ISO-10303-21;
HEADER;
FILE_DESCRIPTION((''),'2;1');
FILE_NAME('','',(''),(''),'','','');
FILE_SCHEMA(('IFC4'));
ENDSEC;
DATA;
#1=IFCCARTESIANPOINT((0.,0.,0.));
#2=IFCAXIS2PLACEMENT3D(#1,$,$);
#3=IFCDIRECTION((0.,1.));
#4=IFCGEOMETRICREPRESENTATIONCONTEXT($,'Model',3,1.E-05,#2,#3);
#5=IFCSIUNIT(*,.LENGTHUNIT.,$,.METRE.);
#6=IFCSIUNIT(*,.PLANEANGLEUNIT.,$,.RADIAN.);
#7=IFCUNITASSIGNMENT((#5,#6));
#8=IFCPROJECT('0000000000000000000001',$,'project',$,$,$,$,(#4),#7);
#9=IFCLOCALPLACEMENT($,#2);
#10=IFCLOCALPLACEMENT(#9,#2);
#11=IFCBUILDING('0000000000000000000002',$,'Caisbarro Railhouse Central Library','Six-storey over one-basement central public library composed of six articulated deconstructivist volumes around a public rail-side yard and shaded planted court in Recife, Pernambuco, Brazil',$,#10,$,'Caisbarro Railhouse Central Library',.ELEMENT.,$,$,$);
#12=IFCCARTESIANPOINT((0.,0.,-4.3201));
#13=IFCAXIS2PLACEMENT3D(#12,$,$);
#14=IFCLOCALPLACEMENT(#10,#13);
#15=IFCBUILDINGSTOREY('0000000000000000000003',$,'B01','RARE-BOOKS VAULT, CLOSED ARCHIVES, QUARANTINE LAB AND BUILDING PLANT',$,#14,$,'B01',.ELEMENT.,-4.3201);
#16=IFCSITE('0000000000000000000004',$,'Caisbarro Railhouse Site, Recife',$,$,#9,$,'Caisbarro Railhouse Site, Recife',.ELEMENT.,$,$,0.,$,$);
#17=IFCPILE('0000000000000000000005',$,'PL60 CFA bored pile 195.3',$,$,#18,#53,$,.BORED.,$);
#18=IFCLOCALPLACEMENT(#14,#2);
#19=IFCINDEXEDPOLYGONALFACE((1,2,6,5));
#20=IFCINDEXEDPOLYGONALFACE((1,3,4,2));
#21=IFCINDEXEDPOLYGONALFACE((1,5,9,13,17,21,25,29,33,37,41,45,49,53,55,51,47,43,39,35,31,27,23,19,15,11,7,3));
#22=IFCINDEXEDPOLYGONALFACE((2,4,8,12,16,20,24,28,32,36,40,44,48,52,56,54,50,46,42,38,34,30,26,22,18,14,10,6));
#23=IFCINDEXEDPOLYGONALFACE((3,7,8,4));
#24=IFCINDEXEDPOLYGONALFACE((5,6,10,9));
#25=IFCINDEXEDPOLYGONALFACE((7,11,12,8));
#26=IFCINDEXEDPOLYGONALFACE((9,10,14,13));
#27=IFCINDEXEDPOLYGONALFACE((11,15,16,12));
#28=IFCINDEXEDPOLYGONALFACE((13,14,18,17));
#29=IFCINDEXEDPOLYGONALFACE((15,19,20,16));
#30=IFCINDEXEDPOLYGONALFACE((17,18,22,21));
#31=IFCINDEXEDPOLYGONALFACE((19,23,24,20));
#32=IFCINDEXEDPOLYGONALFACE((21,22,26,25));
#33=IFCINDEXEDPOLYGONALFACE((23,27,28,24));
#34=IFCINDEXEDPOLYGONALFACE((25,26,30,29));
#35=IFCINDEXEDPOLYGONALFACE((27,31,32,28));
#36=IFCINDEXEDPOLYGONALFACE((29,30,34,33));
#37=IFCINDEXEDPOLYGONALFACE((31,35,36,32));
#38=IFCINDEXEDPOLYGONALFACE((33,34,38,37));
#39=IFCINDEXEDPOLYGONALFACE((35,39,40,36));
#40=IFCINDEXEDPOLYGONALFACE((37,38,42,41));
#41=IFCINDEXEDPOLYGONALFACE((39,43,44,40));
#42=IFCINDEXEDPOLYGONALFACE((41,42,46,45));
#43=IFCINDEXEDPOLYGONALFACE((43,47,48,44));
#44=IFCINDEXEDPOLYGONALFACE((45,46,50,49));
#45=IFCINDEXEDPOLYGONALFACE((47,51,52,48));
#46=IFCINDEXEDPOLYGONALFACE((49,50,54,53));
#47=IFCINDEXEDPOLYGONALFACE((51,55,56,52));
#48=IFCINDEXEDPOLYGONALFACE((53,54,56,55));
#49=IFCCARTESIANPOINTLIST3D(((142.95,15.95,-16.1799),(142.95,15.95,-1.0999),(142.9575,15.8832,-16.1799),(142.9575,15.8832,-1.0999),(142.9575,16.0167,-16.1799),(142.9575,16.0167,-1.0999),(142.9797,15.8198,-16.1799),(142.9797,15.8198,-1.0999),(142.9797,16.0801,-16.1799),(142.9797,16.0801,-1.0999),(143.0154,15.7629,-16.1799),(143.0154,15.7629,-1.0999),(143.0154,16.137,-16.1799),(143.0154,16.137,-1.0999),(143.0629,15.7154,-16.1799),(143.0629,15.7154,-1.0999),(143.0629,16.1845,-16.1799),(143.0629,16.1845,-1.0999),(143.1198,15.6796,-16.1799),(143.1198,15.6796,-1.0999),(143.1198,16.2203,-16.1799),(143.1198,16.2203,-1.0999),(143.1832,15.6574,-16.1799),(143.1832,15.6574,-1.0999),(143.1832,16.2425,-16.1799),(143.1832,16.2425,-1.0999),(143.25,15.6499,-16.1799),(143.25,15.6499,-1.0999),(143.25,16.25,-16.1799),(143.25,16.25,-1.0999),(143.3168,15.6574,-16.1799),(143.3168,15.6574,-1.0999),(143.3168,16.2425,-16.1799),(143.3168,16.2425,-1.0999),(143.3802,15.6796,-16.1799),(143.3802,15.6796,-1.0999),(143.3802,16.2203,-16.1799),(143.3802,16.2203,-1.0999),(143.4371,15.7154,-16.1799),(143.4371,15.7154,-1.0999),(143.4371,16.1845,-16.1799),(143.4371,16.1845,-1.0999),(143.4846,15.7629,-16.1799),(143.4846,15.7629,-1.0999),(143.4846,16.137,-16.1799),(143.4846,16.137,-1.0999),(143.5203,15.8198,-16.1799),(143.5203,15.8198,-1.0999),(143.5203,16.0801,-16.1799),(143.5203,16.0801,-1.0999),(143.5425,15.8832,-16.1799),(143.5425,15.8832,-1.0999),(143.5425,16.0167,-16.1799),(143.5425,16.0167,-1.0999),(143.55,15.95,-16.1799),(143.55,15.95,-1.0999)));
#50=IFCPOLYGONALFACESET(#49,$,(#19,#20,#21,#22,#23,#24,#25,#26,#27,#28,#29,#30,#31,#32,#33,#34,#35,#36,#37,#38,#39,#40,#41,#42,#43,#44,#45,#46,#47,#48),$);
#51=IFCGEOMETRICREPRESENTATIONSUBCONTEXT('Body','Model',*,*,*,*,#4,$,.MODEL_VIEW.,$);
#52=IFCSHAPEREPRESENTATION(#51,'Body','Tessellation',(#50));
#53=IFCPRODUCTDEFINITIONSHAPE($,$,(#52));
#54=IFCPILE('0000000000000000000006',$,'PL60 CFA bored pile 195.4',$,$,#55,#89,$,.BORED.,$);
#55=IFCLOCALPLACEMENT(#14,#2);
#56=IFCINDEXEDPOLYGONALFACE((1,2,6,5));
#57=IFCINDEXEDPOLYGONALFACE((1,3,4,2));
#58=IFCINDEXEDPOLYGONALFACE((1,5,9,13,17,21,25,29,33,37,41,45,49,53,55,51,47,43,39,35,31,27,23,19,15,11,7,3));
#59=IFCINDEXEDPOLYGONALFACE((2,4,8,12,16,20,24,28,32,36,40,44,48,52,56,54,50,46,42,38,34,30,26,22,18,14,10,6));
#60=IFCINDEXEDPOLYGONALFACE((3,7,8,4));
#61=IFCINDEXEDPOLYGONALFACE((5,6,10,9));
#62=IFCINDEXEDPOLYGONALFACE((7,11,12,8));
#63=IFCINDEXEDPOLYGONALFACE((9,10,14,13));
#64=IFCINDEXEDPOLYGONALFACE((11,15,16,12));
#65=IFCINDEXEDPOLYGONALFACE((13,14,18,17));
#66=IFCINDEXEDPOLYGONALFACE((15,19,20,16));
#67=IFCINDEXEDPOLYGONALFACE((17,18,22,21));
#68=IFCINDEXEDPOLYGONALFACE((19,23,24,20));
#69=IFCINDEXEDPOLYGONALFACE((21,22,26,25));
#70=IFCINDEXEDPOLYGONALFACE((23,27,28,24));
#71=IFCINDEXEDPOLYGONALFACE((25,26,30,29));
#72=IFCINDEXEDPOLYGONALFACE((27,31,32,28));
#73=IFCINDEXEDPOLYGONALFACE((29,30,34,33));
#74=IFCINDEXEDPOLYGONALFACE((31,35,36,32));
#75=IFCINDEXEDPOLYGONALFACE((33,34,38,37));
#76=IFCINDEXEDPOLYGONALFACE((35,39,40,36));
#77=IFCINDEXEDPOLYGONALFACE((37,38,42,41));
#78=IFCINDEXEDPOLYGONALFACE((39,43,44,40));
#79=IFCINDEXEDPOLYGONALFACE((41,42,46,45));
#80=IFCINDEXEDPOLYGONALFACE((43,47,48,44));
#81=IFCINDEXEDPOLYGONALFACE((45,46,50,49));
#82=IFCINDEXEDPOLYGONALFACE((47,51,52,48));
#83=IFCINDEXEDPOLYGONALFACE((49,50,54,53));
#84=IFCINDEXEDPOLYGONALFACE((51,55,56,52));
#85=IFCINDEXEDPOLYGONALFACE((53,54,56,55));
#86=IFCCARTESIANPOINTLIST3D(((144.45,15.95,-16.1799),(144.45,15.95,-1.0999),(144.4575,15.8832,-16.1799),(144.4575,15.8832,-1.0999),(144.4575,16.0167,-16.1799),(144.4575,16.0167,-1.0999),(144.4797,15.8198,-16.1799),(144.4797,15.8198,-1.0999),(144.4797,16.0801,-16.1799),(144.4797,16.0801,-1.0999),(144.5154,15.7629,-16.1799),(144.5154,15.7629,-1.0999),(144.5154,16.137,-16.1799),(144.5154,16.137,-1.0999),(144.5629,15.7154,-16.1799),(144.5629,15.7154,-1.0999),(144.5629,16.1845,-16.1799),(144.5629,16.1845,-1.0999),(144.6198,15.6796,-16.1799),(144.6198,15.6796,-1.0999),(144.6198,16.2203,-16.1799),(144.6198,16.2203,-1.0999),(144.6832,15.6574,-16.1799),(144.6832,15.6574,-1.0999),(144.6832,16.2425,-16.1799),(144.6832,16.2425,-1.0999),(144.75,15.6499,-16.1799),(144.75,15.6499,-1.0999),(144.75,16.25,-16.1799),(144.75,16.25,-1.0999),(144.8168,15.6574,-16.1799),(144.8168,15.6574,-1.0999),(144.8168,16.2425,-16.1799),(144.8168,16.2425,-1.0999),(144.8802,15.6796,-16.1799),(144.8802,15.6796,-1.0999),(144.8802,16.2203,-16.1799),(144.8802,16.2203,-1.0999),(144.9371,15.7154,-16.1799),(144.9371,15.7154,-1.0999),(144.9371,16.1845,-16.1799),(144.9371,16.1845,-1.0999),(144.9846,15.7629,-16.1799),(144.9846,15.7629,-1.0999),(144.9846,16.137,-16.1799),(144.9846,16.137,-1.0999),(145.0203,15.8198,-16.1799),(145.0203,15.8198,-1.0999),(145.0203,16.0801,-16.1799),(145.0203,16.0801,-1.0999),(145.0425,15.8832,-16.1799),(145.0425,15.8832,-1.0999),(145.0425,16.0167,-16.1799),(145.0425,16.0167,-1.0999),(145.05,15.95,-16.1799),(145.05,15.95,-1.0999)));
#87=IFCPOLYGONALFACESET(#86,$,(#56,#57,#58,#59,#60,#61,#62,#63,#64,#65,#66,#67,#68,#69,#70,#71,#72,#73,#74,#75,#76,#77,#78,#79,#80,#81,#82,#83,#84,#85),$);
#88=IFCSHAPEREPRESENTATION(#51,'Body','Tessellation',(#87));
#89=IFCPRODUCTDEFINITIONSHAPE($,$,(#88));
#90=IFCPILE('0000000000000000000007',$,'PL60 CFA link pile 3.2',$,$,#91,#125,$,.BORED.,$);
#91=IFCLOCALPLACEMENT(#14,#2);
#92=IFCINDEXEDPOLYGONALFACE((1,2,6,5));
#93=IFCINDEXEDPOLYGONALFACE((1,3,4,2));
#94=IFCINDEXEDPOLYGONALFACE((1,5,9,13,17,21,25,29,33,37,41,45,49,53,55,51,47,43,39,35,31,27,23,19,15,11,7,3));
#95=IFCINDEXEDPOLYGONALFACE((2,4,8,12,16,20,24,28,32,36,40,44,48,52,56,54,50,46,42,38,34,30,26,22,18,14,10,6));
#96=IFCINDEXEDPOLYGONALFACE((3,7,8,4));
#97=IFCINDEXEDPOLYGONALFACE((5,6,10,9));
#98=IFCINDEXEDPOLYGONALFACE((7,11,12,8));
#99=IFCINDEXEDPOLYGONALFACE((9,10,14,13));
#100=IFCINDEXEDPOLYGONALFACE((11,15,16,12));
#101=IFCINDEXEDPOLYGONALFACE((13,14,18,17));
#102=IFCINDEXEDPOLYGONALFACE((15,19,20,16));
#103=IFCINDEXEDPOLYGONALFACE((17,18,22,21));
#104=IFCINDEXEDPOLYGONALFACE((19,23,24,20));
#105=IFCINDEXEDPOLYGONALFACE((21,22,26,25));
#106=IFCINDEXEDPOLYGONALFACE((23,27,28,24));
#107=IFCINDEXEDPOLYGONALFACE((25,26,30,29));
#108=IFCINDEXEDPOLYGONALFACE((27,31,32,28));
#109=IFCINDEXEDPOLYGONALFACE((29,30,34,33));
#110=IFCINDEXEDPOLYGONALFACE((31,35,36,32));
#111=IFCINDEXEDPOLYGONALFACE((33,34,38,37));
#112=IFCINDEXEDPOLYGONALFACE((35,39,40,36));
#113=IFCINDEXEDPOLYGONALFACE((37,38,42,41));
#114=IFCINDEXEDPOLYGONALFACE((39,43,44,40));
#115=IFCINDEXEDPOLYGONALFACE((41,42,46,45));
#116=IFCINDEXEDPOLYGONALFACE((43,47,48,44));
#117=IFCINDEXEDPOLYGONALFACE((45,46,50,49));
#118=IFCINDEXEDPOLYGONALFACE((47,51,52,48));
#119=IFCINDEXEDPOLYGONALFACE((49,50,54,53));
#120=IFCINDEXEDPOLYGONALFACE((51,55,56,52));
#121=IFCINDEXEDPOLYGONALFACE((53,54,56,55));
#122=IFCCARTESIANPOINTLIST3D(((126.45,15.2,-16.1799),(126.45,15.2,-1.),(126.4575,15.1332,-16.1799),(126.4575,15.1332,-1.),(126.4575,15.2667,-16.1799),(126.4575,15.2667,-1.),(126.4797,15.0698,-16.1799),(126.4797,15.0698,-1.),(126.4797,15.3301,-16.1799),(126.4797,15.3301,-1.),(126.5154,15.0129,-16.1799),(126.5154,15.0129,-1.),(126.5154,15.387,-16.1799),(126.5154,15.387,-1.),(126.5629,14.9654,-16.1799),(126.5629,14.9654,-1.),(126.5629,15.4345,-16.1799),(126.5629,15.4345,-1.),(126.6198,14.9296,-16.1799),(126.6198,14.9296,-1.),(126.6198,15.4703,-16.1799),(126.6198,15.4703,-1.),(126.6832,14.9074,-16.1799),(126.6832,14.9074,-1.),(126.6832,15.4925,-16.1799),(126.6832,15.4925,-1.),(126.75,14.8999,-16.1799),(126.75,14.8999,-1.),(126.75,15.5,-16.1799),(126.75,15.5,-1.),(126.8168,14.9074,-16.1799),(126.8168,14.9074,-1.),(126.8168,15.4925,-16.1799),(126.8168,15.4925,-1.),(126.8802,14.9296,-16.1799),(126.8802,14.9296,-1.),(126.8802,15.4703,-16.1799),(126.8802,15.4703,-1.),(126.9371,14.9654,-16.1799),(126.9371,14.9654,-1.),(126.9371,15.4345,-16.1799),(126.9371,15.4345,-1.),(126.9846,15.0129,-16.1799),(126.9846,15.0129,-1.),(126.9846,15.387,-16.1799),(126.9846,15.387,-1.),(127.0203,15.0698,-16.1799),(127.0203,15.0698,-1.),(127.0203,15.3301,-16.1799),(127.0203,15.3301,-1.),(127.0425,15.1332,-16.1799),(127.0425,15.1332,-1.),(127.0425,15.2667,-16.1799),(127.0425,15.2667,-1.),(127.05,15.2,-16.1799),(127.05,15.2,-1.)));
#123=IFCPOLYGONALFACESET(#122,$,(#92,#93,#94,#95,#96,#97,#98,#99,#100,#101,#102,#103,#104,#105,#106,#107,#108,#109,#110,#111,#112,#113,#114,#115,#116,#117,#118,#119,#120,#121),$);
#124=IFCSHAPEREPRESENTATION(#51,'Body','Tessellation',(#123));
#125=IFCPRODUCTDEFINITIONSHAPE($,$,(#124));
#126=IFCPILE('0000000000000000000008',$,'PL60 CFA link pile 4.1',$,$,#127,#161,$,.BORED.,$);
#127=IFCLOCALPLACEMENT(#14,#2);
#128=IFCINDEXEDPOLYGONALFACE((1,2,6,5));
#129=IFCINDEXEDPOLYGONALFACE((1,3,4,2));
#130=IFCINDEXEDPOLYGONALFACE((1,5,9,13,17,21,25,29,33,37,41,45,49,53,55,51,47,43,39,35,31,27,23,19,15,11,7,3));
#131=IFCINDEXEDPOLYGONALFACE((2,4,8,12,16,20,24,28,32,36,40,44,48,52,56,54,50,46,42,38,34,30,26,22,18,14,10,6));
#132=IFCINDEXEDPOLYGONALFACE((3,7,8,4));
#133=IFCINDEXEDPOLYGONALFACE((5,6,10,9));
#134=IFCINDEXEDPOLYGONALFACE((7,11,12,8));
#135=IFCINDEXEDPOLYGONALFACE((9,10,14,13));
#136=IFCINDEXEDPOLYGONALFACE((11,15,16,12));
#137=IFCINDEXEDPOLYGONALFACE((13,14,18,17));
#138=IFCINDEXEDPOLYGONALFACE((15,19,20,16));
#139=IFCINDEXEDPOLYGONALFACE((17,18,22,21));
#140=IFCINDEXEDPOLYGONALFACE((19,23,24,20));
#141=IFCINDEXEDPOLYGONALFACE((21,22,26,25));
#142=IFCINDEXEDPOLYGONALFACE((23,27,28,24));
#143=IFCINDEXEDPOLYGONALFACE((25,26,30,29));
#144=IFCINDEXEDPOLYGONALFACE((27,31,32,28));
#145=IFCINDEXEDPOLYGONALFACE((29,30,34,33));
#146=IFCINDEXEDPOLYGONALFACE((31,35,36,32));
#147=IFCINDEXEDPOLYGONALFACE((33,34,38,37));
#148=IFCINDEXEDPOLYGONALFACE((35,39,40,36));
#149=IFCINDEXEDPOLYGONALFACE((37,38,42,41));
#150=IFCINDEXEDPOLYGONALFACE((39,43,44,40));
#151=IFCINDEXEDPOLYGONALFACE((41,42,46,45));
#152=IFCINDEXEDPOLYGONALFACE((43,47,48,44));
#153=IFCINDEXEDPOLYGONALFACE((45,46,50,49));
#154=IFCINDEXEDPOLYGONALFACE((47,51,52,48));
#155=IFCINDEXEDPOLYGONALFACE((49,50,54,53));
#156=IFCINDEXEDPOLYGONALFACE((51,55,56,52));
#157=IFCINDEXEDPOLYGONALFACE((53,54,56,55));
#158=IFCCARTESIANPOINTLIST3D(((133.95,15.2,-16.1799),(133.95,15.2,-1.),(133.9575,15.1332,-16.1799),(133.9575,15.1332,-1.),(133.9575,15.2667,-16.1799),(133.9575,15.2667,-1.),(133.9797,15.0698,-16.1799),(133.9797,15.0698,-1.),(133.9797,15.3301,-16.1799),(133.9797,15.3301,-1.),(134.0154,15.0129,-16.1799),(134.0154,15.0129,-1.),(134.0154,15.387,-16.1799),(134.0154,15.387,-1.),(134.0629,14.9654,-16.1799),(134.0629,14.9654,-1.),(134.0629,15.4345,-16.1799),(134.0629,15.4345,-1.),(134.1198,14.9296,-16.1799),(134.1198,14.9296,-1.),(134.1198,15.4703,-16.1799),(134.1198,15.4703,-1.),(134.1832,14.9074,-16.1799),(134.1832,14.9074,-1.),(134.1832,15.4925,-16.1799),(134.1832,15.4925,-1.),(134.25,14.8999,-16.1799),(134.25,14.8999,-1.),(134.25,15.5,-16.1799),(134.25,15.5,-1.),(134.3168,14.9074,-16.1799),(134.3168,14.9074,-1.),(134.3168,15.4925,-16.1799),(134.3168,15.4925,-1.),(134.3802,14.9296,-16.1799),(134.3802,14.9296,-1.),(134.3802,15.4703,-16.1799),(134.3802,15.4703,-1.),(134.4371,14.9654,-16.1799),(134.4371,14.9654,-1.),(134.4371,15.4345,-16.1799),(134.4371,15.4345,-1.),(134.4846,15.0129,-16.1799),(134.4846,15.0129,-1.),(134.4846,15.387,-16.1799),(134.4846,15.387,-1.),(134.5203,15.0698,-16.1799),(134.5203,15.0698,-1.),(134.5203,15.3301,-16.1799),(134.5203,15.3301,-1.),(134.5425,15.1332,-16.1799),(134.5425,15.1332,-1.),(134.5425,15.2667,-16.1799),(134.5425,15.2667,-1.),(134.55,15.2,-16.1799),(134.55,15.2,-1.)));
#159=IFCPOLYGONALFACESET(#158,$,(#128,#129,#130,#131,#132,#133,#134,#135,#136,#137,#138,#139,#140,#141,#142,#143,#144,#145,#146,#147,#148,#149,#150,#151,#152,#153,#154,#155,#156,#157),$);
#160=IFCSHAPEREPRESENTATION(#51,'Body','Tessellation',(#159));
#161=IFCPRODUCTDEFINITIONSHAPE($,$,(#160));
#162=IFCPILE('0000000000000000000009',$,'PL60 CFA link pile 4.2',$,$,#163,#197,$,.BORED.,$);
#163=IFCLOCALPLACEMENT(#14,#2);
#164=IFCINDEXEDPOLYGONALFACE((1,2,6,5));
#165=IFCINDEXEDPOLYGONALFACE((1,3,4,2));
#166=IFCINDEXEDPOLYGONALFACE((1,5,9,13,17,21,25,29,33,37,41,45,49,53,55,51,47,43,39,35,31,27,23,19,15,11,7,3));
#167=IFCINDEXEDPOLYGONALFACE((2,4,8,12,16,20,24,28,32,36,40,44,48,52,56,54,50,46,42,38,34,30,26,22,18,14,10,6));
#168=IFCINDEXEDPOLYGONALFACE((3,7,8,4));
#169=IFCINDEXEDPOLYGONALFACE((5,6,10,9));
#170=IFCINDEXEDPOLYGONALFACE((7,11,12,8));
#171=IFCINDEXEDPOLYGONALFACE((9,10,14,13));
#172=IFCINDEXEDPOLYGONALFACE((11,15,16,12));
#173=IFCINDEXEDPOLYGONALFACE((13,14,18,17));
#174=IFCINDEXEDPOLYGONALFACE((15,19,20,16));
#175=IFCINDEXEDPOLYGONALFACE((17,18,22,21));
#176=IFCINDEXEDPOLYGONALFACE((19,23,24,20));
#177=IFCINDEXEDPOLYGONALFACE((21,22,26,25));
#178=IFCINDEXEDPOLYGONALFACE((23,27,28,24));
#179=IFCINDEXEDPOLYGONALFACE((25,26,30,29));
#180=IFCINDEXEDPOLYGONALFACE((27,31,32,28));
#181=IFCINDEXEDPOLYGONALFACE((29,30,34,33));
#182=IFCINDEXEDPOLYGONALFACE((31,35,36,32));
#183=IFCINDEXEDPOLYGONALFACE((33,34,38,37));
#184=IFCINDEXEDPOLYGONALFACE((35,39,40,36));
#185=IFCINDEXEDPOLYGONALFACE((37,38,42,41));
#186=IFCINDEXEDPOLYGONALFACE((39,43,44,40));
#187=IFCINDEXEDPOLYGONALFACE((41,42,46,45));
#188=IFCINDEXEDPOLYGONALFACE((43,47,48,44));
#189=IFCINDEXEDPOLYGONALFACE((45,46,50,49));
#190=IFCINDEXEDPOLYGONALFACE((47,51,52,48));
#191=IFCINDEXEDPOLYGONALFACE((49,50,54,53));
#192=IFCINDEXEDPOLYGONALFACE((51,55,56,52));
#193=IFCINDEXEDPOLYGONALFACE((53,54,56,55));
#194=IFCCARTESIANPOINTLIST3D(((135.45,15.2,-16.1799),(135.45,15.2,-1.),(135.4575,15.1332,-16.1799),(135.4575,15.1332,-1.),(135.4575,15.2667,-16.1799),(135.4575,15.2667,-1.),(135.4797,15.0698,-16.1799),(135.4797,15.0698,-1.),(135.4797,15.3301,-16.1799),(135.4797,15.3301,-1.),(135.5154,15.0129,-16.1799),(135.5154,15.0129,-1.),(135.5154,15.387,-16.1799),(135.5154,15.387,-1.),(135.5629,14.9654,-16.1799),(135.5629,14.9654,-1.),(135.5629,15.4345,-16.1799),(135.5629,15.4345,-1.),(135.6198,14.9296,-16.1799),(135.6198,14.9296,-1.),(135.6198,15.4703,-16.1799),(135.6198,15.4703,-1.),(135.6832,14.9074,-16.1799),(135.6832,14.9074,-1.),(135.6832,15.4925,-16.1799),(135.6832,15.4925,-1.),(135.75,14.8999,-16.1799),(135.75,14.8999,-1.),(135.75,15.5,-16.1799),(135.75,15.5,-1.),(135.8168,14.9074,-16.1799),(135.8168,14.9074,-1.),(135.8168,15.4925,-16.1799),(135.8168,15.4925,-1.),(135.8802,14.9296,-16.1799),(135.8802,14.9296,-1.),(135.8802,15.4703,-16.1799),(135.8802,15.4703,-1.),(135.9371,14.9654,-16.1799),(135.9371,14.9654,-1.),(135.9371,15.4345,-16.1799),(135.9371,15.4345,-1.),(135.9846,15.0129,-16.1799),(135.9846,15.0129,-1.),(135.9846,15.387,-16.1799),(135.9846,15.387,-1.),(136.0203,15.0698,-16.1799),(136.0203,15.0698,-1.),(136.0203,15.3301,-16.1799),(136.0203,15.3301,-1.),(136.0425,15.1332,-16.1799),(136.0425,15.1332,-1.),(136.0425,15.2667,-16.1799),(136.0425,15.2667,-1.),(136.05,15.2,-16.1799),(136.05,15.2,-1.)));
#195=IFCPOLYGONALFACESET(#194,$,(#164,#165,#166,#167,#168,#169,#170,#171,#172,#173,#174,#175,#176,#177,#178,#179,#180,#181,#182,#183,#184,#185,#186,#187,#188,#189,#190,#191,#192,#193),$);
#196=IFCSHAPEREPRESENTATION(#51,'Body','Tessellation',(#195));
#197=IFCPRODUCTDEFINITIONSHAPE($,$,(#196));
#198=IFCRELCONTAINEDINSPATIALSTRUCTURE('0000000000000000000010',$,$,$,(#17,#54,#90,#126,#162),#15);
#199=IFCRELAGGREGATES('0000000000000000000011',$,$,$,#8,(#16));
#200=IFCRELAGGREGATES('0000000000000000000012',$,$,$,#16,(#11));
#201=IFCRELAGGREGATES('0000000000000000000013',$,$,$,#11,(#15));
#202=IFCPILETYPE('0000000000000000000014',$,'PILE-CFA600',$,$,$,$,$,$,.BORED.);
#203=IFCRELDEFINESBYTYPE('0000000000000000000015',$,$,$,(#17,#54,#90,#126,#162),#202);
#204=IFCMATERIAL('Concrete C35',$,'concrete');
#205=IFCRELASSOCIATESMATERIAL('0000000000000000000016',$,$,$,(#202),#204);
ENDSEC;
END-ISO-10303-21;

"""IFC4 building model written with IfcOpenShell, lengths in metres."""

from ifc_helpers import new_model, si_unit, direction, frame, origin, origin_2d, place, context, subcontext, project, spatial, circle, extrude, material, material_profile, profile_set, type_object, element, save


model = new_model("IFC4")

# Units and contexts
model_context = context("Model", 3, precision=1e-05, world=origin(), true_north=direction((0.0, 1.0)))
body_context = subcontext(model_context, "Body", "Model", "MODEL_VIEW")
ifc_project = project(units=[si_unit("LENGTHUNIT", "METRE"), si_unit("PLANEANGLEUNIT", "RADIAN")], contexts=[model_context])

# Site, building, storey
site_placement = place(None, origin())
site = spatial("IfcSite", under=ifc_project, at=site_placement, Name="Caisbarro Railhouse Site, Recife", LongName="Caisbarro Railhouse Site, Recife", CompositionType="ELEMENT", RefElevation=0.0)
building_placement = place(site_placement, origin())
building = spatial("IfcBuilding", under=site, at=building_placement, Name="Caisbarro Railhouse Central Library", Description="Six-storey over one-basement central public library composed of six articulated deconstructivist volumes around a public rail-side yard and shaded planted court in Recife, Pernambuco, Brazil", LongName="Caisbarro Railhouse Central Library", CompositionType="ELEMENT")
storey_placement = place(building_placement, frame((0.0, 0.0, -4.3201)))
storey = spatial("IfcBuildingStorey", under=building, at=storey_placement, Name="B01", Description="RARE-BOOKS VAULT, CLOSED ARCHIVES, QUARANTINE LAB AND BUILDING PLANT", LongName="B01", CompositionType="ELEMENT", Elevation=-4.3201)

# Shared definitions
ifc_material_1 = material(Name="Concrete C35", Category="concrete")

# Piles
ifc_material_profile_1 = material_profile(ifc_material_1, circle(Radius=0.3, at=origin_2d()), Name="PILE-CFA-600")
ifc_profile_set_1 = profile_set([ifc_material_profile_1], Name="Concrete C35")
pile_type_1 = type_object("IfcPileType", Name="PILE-CFA600", PredefinedType="BORED", material=ifc_profile_set_1)
for number, where, z_axis, x_axis, name in (
    (1, (143.25, 15.95, -1.0999), (0.0, 0.0, -1.0), (1.0, 0.0, 0.0), "PL60 CFA bored pile 195.3"),
    (2, (144.75, 15.95, -1.0999), (0.0, 0.0, -1.0), (1.0, 0.0, 0.0), "PL60 CFA bored pile 195.4"),
):
    element("IfcPile", number, at=place(storey_placement, frame(where, z_axis=z_axis, x_axis=x_axis)), inside=storey, type_object=pile_type_1, Name=name, PredefinedType="BORED", context=body_context, shape_type="SweptSolid", body=[
        extrude(circle(Radius=0.3, at=origin_2d()), origin(), (0.0, 0.0, 1.0), 15.0801),
    ])
for number, where, z_axis, x_axis, name in (
    (3, (126.75, 15.2, -1.0), (0.0, 0.0, -1.0), (1.0, 0.0, 0.0), "PL60 CFA link pile 3.2"),
    (4, (134.25, 15.2, -1.0), (0.0, 0.0, -1.0), (1.0, 0.0, 0.0), "PL60 CFA link pile 4.1"),
    (5, (135.75, 15.2, -1.0), (0.0, 0.0, -1.0), (1.0, 0.0, 0.0), "PL60 CFA link pile 4.2"),
):
    element("IfcPile", number, at=place(storey_placement, frame(where, z_axis=z_axis, x_axis=x_axis)), inside=storey, type_object=pile_type_1, Name=name, PredefinedType="BORED", context=body_context, shape_type="SweptSolid", body=[
        extrude(circle(Radius=0.3, at=origin_2d()), origin(), (0.0, 0.0, 1.0), 15.1799),
    ])

save(model, "model.ifc")
